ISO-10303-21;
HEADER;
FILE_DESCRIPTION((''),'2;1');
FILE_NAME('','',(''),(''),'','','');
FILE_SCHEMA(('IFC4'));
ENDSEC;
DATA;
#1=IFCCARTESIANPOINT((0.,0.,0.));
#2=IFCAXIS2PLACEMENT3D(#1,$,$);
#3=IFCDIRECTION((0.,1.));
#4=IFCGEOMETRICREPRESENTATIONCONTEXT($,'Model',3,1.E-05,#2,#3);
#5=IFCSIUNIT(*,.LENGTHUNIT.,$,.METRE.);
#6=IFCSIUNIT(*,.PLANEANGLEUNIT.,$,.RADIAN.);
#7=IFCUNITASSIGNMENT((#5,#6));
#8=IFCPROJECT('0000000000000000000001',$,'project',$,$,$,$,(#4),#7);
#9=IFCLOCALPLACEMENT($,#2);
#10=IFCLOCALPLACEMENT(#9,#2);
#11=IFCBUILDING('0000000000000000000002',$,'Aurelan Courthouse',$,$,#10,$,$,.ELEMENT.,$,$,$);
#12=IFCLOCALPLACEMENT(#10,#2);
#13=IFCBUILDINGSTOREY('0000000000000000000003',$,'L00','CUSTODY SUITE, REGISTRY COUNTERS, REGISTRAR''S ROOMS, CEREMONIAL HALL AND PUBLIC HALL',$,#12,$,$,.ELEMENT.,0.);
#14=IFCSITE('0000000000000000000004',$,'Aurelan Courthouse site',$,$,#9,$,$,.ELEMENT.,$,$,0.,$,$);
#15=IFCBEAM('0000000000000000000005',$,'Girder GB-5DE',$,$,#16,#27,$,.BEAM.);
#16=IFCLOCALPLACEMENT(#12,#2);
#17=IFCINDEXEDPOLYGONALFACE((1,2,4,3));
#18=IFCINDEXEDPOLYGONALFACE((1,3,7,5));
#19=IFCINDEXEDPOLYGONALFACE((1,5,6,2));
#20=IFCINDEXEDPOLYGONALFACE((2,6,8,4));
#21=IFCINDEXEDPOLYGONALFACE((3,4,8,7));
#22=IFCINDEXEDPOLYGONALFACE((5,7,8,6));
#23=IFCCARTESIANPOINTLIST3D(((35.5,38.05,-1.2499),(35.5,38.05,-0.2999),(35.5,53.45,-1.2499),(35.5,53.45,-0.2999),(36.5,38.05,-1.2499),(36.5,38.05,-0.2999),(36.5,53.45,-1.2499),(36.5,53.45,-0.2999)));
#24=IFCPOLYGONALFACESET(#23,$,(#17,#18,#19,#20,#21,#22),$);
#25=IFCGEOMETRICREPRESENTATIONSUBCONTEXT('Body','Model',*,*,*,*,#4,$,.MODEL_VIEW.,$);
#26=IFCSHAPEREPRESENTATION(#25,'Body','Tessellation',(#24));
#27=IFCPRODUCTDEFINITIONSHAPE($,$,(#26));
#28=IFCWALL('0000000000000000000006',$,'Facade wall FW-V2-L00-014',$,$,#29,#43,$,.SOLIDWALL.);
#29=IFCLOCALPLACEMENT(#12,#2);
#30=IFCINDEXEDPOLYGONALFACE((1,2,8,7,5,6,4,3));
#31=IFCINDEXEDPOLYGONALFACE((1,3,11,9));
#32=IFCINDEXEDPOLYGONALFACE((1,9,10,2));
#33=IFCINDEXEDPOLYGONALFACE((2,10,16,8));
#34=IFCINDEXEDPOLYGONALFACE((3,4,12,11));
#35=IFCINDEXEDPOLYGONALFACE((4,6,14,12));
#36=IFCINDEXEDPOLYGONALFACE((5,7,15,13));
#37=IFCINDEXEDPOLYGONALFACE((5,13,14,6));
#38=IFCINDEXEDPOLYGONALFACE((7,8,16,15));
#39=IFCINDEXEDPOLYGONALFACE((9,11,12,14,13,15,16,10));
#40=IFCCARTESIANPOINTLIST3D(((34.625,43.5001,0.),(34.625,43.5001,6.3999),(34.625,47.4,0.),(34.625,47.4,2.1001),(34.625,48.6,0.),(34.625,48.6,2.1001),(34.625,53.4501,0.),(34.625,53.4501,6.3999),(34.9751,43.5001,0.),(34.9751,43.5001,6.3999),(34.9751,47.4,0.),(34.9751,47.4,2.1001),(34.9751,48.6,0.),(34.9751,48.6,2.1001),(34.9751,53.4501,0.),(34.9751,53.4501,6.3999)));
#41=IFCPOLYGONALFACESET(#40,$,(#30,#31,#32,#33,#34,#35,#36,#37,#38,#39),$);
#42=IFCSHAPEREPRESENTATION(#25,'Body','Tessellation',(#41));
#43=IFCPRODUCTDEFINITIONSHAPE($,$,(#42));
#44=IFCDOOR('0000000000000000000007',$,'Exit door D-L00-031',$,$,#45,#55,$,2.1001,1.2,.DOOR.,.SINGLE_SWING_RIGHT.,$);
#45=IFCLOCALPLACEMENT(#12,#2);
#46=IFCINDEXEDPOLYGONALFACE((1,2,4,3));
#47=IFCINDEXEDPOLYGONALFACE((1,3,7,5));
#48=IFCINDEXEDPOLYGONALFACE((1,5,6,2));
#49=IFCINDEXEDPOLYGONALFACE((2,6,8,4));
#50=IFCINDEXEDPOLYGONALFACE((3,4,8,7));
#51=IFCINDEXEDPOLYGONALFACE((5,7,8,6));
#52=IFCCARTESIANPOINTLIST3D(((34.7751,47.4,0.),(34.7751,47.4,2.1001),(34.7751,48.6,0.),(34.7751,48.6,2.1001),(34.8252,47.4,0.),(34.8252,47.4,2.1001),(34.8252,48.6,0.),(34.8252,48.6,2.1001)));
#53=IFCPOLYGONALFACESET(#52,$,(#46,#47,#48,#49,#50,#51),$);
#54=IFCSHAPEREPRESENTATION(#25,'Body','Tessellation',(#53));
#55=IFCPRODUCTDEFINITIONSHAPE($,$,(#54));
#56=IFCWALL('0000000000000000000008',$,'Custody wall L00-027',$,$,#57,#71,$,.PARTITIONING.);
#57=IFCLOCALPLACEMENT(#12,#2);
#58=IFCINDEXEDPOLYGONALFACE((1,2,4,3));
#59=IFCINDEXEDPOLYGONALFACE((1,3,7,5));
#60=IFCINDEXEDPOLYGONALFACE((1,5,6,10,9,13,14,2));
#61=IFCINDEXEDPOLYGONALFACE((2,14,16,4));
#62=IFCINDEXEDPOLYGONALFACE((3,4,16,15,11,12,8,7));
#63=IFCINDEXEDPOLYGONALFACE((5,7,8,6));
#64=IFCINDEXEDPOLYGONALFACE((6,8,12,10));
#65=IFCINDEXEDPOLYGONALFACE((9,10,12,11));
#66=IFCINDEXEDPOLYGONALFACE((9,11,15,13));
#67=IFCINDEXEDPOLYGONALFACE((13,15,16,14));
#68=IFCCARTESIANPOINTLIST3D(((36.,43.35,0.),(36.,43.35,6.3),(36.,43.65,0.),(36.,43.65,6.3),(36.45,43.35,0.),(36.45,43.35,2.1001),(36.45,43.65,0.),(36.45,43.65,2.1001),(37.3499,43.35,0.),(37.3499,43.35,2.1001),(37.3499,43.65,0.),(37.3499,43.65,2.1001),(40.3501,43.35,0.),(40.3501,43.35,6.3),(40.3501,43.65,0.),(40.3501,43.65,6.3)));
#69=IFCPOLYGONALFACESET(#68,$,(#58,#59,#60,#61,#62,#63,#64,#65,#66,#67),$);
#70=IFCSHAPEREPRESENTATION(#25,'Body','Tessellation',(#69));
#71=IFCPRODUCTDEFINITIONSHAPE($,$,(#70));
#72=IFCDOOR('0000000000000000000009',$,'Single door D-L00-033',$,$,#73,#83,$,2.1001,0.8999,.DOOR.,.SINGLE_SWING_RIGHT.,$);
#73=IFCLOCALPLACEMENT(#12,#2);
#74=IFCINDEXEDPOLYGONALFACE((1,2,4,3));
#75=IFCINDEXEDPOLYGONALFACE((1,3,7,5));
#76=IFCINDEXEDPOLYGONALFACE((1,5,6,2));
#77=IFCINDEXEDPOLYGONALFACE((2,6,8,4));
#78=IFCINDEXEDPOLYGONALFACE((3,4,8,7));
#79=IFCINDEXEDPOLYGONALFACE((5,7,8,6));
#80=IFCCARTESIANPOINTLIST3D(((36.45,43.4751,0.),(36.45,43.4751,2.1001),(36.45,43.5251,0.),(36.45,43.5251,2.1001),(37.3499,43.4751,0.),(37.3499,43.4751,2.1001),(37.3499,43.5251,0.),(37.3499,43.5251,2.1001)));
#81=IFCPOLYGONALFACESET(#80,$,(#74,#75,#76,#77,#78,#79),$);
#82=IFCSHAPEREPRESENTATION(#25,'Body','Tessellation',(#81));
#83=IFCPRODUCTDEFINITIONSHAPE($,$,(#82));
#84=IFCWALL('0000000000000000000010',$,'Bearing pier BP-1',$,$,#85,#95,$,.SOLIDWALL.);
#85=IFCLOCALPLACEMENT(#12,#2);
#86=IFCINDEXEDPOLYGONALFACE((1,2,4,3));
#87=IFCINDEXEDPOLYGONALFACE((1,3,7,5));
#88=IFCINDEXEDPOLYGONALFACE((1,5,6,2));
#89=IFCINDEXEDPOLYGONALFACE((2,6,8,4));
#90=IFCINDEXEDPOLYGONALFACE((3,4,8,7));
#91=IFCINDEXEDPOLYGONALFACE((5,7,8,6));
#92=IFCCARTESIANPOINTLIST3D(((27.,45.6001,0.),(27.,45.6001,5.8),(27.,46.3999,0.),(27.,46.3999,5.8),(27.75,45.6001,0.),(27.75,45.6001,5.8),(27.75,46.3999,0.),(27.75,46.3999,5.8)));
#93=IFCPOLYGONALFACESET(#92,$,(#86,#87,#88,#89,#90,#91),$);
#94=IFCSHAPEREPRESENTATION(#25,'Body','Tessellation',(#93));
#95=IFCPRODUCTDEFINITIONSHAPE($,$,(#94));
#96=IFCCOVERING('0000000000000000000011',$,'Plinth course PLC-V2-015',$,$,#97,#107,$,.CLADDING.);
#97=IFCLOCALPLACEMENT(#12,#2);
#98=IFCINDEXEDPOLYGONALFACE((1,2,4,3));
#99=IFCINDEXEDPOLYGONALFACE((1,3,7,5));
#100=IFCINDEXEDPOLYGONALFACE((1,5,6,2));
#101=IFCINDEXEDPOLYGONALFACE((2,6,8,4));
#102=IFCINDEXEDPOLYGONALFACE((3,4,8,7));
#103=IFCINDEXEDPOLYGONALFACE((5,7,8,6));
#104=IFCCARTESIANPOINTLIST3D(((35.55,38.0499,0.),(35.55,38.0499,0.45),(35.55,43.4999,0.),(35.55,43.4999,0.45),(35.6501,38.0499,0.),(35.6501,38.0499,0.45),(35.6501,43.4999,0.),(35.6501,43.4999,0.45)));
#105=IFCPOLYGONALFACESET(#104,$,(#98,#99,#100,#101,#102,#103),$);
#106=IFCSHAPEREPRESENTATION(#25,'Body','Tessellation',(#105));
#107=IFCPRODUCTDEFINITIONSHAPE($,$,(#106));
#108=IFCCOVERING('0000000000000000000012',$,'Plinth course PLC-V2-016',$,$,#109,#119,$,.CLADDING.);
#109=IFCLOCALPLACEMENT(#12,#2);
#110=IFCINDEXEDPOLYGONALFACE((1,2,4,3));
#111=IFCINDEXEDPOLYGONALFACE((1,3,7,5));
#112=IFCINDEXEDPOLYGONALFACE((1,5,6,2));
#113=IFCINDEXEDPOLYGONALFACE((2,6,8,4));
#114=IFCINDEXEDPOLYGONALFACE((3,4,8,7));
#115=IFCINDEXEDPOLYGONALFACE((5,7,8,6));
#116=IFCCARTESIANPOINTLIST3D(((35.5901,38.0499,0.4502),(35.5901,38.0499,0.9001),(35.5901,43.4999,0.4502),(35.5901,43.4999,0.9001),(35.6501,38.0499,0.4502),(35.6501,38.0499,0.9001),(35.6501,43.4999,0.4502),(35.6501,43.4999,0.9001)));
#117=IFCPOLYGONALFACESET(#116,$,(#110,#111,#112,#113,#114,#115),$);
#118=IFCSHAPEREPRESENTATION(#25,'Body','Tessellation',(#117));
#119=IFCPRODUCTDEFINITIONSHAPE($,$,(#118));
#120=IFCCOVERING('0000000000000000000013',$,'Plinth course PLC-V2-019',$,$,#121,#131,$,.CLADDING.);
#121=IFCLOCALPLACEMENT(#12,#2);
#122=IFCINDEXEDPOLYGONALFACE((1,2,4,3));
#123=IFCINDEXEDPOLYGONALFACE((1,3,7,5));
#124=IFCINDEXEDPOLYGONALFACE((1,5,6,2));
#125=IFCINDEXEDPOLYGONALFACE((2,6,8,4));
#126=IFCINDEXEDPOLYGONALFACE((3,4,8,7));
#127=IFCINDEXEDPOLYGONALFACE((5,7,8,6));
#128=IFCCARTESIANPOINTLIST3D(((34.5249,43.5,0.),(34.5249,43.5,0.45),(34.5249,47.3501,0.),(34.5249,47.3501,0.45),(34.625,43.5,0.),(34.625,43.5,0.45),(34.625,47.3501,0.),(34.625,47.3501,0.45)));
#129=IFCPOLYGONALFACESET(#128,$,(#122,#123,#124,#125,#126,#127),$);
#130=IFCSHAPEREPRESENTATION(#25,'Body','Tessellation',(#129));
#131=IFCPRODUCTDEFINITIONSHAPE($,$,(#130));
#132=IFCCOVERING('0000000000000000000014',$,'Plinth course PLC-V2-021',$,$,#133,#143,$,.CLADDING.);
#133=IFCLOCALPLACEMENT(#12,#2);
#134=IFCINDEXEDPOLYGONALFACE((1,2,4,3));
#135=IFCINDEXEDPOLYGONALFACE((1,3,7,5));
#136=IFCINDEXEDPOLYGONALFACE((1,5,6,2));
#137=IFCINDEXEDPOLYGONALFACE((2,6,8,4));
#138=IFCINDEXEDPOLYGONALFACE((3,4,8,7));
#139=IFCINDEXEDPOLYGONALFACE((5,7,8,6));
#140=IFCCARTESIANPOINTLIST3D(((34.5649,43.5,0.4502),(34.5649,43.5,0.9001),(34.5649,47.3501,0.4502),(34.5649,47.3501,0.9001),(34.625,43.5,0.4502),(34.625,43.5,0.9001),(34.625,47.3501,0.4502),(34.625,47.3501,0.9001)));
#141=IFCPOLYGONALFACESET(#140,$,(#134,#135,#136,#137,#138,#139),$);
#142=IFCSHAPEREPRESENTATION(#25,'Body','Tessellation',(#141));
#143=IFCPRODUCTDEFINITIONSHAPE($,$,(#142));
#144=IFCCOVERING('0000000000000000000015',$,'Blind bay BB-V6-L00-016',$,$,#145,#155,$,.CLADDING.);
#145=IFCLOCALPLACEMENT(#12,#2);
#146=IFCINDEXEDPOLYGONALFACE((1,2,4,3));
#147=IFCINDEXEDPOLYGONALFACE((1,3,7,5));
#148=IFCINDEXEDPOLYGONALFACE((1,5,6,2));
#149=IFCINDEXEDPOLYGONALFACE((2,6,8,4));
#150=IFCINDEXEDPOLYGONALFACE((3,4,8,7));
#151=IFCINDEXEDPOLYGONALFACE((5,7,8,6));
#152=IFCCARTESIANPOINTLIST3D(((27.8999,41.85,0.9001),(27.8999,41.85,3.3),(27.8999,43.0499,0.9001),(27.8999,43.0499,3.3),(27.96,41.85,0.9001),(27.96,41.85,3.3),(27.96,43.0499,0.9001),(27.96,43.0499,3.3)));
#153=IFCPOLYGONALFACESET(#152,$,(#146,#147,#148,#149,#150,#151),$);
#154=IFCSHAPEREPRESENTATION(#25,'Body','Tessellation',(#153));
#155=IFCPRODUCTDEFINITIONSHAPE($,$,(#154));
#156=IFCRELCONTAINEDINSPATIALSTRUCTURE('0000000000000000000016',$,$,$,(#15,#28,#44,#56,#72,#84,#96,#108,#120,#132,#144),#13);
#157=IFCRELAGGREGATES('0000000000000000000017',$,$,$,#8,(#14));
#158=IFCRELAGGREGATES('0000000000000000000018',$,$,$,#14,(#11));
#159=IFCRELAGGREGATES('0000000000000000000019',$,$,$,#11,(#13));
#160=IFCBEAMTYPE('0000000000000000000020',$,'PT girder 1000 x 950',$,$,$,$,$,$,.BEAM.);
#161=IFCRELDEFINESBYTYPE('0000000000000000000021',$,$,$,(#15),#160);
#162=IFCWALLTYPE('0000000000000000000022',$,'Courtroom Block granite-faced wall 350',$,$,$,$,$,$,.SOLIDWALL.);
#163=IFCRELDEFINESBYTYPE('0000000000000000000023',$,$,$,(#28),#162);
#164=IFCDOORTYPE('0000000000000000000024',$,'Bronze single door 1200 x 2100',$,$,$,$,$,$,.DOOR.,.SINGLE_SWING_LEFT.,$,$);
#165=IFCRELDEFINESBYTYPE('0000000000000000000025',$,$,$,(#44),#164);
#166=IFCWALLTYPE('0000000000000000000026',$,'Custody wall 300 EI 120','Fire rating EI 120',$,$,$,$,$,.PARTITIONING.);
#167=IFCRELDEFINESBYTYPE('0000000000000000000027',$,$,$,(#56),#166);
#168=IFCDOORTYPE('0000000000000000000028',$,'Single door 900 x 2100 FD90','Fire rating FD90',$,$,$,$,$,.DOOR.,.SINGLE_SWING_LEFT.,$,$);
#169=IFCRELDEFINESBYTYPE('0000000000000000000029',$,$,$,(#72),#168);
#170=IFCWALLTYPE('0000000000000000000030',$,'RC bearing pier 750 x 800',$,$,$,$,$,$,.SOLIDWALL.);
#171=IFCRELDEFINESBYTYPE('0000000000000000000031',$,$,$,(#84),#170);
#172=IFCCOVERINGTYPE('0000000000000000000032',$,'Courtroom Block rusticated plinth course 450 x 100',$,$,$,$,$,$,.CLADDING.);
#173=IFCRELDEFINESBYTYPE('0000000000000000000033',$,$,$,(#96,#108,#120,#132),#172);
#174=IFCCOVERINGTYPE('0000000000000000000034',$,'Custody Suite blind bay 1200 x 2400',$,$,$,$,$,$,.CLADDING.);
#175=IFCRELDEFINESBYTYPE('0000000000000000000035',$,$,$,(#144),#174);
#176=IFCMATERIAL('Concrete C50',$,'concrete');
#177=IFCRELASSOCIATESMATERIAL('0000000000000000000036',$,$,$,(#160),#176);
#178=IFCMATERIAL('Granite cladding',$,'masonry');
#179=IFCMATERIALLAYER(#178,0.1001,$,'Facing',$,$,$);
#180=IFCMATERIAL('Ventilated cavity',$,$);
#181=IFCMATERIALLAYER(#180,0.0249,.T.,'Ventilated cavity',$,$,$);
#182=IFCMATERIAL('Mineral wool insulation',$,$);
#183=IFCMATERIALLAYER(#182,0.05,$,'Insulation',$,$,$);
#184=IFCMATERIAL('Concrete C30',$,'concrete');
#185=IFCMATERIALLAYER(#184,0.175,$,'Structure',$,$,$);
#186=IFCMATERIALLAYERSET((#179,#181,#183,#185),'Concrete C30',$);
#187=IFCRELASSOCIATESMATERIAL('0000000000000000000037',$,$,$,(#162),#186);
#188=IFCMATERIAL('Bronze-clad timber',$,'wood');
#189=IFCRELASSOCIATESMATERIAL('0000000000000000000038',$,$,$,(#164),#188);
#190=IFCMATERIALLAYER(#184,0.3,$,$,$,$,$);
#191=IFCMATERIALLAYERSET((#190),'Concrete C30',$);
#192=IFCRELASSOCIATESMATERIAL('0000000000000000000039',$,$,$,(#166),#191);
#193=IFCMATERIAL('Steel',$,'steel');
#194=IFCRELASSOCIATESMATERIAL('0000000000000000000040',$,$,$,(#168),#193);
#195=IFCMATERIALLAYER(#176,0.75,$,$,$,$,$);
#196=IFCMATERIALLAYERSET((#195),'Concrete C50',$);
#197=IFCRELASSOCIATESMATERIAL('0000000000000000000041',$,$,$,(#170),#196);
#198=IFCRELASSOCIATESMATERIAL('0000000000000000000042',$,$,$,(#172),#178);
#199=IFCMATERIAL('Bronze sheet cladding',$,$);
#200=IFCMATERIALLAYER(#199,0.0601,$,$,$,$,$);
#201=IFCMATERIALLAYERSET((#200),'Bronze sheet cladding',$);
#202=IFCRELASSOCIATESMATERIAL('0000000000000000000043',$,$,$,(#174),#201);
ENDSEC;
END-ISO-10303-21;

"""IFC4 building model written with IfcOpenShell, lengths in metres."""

from ifc_helpers import new_model, si_unit, direction, frame, frame_2d, origin, origin_2d, place, context, subcontext, project, spatial, rectangle, extrude, material, layer, layer_set, material_profile, profile_set, type_object, element, fill, save


model = new_model("IFC4")

# Units and contexts
model_context = context("Model", 3, precision=1e-05, world=origin(), true_north=direction((0.0, 1.0)))
body_context = subcontext(model_context, "Body", "Model", "MODEL_VIEW")
ifc_project = project(units=[si_unit("LENGTHUNIT", "METRE"), si_unit("PLANEANGLEUNIT", "RADIAN")], contexts=[model_context])

# Site, building, storey
site_placement = place(None, origin())
site = spatial("IfcSite", under=ifc_project, at=site_placement, Name="Aurelan Courthouse site", CompositionType="ELEMENT", RefElevation=0.0)
building_placement = place(site_placement, origin())
building = spatial("IfcBuilding", under=site, at=building_placement, Name="Aurelan Courthouse", CompositionType="ELEMENT")
storey_placement = place(building_placement, origin())
storey = spatial("IfcBuildingStorey", under=building, at=storey_placement, Name="L00", Description="CUSTODY SUITE, REGISTRY COUNTERS, REGISTRAR'S ROOMS, CEREMONIAL HALL AND PUBLIC HALL", CompositionType="ELEMENT", Elevation=0.0)

# Beam
ifc_material_1 = material(Name="Concrete C50", Category="concrete")
ifc_material_profile = material_profile(ifc_material_1, rectangle(XDim=1.0, YDim=0.95, at=origin_2d()), Name="RC 1000 x 950")
ifc_profile_set = profile_set([ifc_material_profile], Name="Concrete C50")
beam_type = type_object("IfcBeamType", Name="PT girder 1000 x 950", PredefinedType="BEAM", material=ifc_profile_set)
beam_placement = place(storey_placement, frame((36.0, 38.05, -0.7749), z_axis=(0.0, 1.0, 0.0), x_axis=(-1.0, 0.0, 0.0)))
element("IfcBeam", 1, at=beam_placement, inside=storey, type_object=beam_type, Name="Girder GB-5DE", PredefinedType="BEAM", context=body_context, shape_type="SweptSolid", body=[
    extrude(rectangle(XDim=1.0, YDim=0.95, at=origin_2d()), origin(), (0.0, 0.0, 1.0), 15.3999),
])

# Walls, openings, doors
ifc_material_2 = material(Name="Granite cladding", Category="masonry")
ifc_layer_1 = layer(ifc_material_2, 0.1001, Name="Facing")
ifc_material_3 = material(Name="Ventilated cavity")
ifc_layer_2 = layer(ifc_material_3, 0.0249, ventilated=True, Name="Ventilated cavity")
ifc_material_4 = material(Name="Mineral wool insulation")
ifc_layer_3 = layer(ifc_material_4, 0.05, Name="Insulation")
ifc_material_5 = material(Name="Concrete C30", Category="concrete")
ifc_layer_4 = layer(ifc_material_5, 0.175, Name="Structure")
ifc_layer_set_1 = layer_set([ifc_layer_1, ifc_layer_2, ifc_layer_3, ifc_layer_4], Name="Concrete C30")
wall_type_1 = type_object("IfcWallType", Name="Courtroom Block granite-faced wall 350", PredefinedType="SOLIDWALL", material=ifc_layer_set_1)
wall_1_placement = place(storey_placement, frame((34.8, 43.5, 0.0), z_axis=(0.0, 0.0, 1.0), x_axis=(0.0, 1.0, 0.0)))
wall_1 = element("IfcWall", 2, at=wall_1_placement, inside=storey, type_object=wall_type_1, Name="Facade wall FW-V2-L00-014", PredefinedType="SOLIDWALL", context=body_context, shape_type="SweptSolid", body=[
    extrude(rectangle(XDim=9.95, YDim=0.3501, at=frame_2d((4.9751, 0.0))), origin(), (0.0, 0.0, 1.0), 6.3999),
])
opening_1_placement = place(wall_1_placement, frame((3.8999, 0.0, 0.0)))
opening_1 = element("IfcOpeningElement", 3, at=opening_1_placement, cuts=wall_1, PredefinedType="OPENING", context=body_context, shape_type="SweptSolid", body=[
    extrude(rectangle(XDim=1.2, YDim=2.1001, at=frame_2d((0.6001, 1.05))), frame((0.0, 0.1851, 0.0), z_axis=(0.0, -1.0, 0.0), x_axis=(1.0, 0.0, 0.0)), (0.0, 0.0, 1.0), 0.3701),
])
ifc_material_6 = material(Name="Bronze-clad timber", Category="wood")
door_type_1 = type_object("IfcDoorType", Name="Bronze single door 1200 x 2100", OperationType="SINGLE_SWING_LEFT", PredefinedType="DOOR", material=ifc_material_6)
door_1_placement = place(opening_1_placement, origin())
door_1 = element("IfcDoor", 4, at=door_1_placement, inside=storey, type_object=door_type_1, Name="Exit door D-L00-031", OperationType="SINGLE_SWING_RIGHT", OverallHeight=2.1001, OverallWidth=1.2, PredefinedType="DOOR", context=body_context, shape_type="SweptSolid", body=[
    extrude(rectangle(XDim=1.2, YDim=2.1001, at=frame_2d((0.6001, 1.05))), frame((0.0, 0.0249, 0.0), z_axis=(0.0, -1.0, 0.0), x_axis=(1.0, 0.0, 0.0)), (0.0, 0.0, 1.0), 0.05),
])
fill(opening_1, door_1)
ifc_layer_5 = layer(ifc_material_5, 0.3)
ifc_layer_set_2 = layer_set([ifc_layer_5], Name="Concrete C30")
wall_type_2 = type_object("IfcWallType", Name="Custody wall 300 EI 120", Description="Fire rating EI 120", PredefinedType="PARTITIONING", material=ifc_layer_set_2)
wall_2_placement = place(storey_placement, frame((36.0, 43.5, 0.0), z_axis=(0.0, 0.0, 1.0), x_axis=(1.0, 0.0, 0.0)))
wall_2 = element("IfcWall", 5, at=wall_2_placement, inside=storey, type_object=wall_type_2, Name="Custody wall L00-027", PredefinedType="PARTITIONING", context=body_context, shape_type="SweptSolid", body=[
    extrude(rectangle(XDim=4.3501, YDim=0.3, at=frame_2d((2.175, 0.0))), origin(), (0.0, 0.0, 1.0), 6.3),
])
opening_2_placement = place(wall_2_placement, frame((1.3499, 0.0, 0.0), z_axis=(0.0, 0.0, 1.0), x_axis=(-1.0, 0.0, 0.0)))
opening_2 = element("IfcOpeningElement", 6, at=opening_2_placement, cuts=wall_2, PredefinedType="OPENING", context=body_context, shape_type="SweptSolid", body=[
    extrude(rectangle(XDim=0.8999, YDim=2.1001, at=frame_2d((0.45, 1.05))), frame((0.0, 0.1599, 0.0), z_axis=(0.0, -1.0, 0.0), x_axis=(1.0, 0.0, 0.0)), (0.0, 0.0, 1.0), 0.3201),
])
ifc_material_7 = material(Name="Steel", Category="steel")
door_type_2 = type_object("IfcDoorType", Name="Single door 900 x 2100 FD90", Description="Fire rating FD90", OperationType="SINGLE_SWING_LEFT", PredefinedType="DOOR", material=ifc_material_7)
door_2_placement = place(opening_2_placement, origin())
door_2 = element("IfcDoor", 7, at=door_2_placement, inside=storey, type_object=door_type_2, Name="Single door D-L00-033", OperationType="SINGLE_SWING_RIGHT", OverallHeight=2.1001, OverallWidth=0.8999, PredefinedType="DOOR", context=body_context, shape_type="SweptSolid", body=[
    extrude(rectangle(XDim=0.8999, YDim=2.1001, at=frame_2d((0.45, 1.05))), frame((0.0, 0.0249, 0.0), z_axis=(0.0, -1.0, 0.0), x_axis=(1.0, 0.0, 0.0)), (0.0, 0.0, 1.0), 0.05),
])
fill(opening_2, door_2)

# Wall
ifc_layer_6 = layer(ifc_material_1, 0.75)
ifc_layer_set_3 = layer_set([ifc_layer_6], Name="Concrete C50")
wall_type_3 = type_object("IfcWallType", Name="RC bearing pier 750 x 800", PredefinedType="SOLIDWALL", material=ifc_layer_set_3)
wall_3_placement = place(storey_placement, frame((27.375, 45.6001, 0.0), z_axis=(0.0, 0.0, 1.0), x_axis=(0.0, 1.0, 0.0)))
element("IfcWall", 8, at=wall_3_placement, inside=storey, type_object=wall_type_3, Name="Bearing pier BP-1", PredefinedType="SOLIDWALL", context=body_context, shape_type="SweptSolid", body=[
    extrude(rectangle(XDim=0.7998, YDim=0.75, at=frame_2d((0.3999, 0.0))), origin(), (0.0, 0.0, 1.0), 5.8),
])

# Coverings
covering_type_1 = type_object("IfcCoveringType", Name="Courtroom Block rusticated plinth course 450 x 100", PredefinedType="CLADDING", material=ifc_material_2)
covering_1_placement = place(storey_placement, frame((35.6001, 40.7749, 0.0), z_axis=(0.0, 0.0, 1.0), x_axis=(1.0, 0.0, 0.0)))
element("IfcCovering", 9, at=covering_1_placement, inside=storey, type_object=covering_type_1, Name="Plinth course PLC-V2-015", PredefinedType="CLADDING", context=body_context, shape_type="SweptSolid", body=[
    extrude(rectangle(XDim=0.1001, YDim=5.45, at=origin_2d()), origin(), (0.0, 0.0, 1.0), 0.45),
])
covering_2_placement = place(storey_placement, frame((35.6201, 40.7749, 0.4502), z_axis=(0.0, 0.0, 1.0), x_axis=(1.0, 0.0, 0.0)))
element("IfcCovering", 10, at=covering_2_placement, inside=storey, type_object=covering_type_1, Name="Plinth course PLC-V2-016", PredefinedType="CLADDING", context=body_context, shape_type="SweptSolid", body=[
    extrude(rectangle(XDim=0.0601, YDim=5.45, at=origin_2d()), origin(), (0.0, 0.0, 1.0), 0.45),
])
covering_3_placement = place(storey_placement, frame((34.575, 45.425, 0.0), z_axis=(0.0, 0.0, 1.0), x_axis=(1.0, 0.0, 0.0)))
element("IfcCovering", 11, at=covering_3_placement, inside=storey, type_object=covering_type_1, Name="Plinth course PLC-V2-019", PredefinedType="CLADDING", context=body_context, shape_type="SweptSolid", body=[
    extrude(rectangle(XDim=0.1001, YDim=3.8501, at=origin_2d()), origin(), (0.0, 0.0, 1.0), 0.45),
])
covering_4_placement = place(storey_placement, frame((34.595, 45.425, 0.4502), z_axis=(0.0, 0.0, 1.0), x_axis=(1.0, 0.0, 0.0)))
element("IfcCovering", 12, at=covering_4_placement, inside=storey, type_object=covering_type_1, Name="Plinth course PLC-V2-021", PredefinedType="CLADDING", context=body_context, shape_type="SweptSolid", body=[
    extrude(rectangle(XDim=0.0601, YDim=3.8501, at=origin_2d()), origin(), (0.0, 0.0, 1.0), 0.45),
])
ifc_material_8 = material(Name="Bronze sheet cladding")
ifc_layer_7 = layer(ifc_material_8, 0.0601)
ifc_layer_set_4 = layer_set([ifc_layer_7], Name="Bronze sheet cladding")
covering_type_2 = type_object("IfcCoveringType", Name="Custody Suite blind bay 1200 x 2400", PredefinedType="CLADDING", material=ifc_layer_set_4)
covering_5_placement = place(storey_placement, frame((27.9299, 42.45, 0.9001), z_axis=(0.0, 0.0, 1.0), x_axis=(1.0, 0.0, 0.0)))
element("IfcCovering", 13, at=covering_5_placement, inside=storey, type_object=covering_type_2, Name="Blind bay BB-V6-L00-016", PredefinedType="CLADDING", context=body_context, shape_type="SweptSolid", body=[
    extrude(rectangle(XDim=0.0601, YDim=1.2, at=origin_2d()), origin(), (0.0, 0.0, 1.0), 2.3999),
])

save(model, "model.ifc")
